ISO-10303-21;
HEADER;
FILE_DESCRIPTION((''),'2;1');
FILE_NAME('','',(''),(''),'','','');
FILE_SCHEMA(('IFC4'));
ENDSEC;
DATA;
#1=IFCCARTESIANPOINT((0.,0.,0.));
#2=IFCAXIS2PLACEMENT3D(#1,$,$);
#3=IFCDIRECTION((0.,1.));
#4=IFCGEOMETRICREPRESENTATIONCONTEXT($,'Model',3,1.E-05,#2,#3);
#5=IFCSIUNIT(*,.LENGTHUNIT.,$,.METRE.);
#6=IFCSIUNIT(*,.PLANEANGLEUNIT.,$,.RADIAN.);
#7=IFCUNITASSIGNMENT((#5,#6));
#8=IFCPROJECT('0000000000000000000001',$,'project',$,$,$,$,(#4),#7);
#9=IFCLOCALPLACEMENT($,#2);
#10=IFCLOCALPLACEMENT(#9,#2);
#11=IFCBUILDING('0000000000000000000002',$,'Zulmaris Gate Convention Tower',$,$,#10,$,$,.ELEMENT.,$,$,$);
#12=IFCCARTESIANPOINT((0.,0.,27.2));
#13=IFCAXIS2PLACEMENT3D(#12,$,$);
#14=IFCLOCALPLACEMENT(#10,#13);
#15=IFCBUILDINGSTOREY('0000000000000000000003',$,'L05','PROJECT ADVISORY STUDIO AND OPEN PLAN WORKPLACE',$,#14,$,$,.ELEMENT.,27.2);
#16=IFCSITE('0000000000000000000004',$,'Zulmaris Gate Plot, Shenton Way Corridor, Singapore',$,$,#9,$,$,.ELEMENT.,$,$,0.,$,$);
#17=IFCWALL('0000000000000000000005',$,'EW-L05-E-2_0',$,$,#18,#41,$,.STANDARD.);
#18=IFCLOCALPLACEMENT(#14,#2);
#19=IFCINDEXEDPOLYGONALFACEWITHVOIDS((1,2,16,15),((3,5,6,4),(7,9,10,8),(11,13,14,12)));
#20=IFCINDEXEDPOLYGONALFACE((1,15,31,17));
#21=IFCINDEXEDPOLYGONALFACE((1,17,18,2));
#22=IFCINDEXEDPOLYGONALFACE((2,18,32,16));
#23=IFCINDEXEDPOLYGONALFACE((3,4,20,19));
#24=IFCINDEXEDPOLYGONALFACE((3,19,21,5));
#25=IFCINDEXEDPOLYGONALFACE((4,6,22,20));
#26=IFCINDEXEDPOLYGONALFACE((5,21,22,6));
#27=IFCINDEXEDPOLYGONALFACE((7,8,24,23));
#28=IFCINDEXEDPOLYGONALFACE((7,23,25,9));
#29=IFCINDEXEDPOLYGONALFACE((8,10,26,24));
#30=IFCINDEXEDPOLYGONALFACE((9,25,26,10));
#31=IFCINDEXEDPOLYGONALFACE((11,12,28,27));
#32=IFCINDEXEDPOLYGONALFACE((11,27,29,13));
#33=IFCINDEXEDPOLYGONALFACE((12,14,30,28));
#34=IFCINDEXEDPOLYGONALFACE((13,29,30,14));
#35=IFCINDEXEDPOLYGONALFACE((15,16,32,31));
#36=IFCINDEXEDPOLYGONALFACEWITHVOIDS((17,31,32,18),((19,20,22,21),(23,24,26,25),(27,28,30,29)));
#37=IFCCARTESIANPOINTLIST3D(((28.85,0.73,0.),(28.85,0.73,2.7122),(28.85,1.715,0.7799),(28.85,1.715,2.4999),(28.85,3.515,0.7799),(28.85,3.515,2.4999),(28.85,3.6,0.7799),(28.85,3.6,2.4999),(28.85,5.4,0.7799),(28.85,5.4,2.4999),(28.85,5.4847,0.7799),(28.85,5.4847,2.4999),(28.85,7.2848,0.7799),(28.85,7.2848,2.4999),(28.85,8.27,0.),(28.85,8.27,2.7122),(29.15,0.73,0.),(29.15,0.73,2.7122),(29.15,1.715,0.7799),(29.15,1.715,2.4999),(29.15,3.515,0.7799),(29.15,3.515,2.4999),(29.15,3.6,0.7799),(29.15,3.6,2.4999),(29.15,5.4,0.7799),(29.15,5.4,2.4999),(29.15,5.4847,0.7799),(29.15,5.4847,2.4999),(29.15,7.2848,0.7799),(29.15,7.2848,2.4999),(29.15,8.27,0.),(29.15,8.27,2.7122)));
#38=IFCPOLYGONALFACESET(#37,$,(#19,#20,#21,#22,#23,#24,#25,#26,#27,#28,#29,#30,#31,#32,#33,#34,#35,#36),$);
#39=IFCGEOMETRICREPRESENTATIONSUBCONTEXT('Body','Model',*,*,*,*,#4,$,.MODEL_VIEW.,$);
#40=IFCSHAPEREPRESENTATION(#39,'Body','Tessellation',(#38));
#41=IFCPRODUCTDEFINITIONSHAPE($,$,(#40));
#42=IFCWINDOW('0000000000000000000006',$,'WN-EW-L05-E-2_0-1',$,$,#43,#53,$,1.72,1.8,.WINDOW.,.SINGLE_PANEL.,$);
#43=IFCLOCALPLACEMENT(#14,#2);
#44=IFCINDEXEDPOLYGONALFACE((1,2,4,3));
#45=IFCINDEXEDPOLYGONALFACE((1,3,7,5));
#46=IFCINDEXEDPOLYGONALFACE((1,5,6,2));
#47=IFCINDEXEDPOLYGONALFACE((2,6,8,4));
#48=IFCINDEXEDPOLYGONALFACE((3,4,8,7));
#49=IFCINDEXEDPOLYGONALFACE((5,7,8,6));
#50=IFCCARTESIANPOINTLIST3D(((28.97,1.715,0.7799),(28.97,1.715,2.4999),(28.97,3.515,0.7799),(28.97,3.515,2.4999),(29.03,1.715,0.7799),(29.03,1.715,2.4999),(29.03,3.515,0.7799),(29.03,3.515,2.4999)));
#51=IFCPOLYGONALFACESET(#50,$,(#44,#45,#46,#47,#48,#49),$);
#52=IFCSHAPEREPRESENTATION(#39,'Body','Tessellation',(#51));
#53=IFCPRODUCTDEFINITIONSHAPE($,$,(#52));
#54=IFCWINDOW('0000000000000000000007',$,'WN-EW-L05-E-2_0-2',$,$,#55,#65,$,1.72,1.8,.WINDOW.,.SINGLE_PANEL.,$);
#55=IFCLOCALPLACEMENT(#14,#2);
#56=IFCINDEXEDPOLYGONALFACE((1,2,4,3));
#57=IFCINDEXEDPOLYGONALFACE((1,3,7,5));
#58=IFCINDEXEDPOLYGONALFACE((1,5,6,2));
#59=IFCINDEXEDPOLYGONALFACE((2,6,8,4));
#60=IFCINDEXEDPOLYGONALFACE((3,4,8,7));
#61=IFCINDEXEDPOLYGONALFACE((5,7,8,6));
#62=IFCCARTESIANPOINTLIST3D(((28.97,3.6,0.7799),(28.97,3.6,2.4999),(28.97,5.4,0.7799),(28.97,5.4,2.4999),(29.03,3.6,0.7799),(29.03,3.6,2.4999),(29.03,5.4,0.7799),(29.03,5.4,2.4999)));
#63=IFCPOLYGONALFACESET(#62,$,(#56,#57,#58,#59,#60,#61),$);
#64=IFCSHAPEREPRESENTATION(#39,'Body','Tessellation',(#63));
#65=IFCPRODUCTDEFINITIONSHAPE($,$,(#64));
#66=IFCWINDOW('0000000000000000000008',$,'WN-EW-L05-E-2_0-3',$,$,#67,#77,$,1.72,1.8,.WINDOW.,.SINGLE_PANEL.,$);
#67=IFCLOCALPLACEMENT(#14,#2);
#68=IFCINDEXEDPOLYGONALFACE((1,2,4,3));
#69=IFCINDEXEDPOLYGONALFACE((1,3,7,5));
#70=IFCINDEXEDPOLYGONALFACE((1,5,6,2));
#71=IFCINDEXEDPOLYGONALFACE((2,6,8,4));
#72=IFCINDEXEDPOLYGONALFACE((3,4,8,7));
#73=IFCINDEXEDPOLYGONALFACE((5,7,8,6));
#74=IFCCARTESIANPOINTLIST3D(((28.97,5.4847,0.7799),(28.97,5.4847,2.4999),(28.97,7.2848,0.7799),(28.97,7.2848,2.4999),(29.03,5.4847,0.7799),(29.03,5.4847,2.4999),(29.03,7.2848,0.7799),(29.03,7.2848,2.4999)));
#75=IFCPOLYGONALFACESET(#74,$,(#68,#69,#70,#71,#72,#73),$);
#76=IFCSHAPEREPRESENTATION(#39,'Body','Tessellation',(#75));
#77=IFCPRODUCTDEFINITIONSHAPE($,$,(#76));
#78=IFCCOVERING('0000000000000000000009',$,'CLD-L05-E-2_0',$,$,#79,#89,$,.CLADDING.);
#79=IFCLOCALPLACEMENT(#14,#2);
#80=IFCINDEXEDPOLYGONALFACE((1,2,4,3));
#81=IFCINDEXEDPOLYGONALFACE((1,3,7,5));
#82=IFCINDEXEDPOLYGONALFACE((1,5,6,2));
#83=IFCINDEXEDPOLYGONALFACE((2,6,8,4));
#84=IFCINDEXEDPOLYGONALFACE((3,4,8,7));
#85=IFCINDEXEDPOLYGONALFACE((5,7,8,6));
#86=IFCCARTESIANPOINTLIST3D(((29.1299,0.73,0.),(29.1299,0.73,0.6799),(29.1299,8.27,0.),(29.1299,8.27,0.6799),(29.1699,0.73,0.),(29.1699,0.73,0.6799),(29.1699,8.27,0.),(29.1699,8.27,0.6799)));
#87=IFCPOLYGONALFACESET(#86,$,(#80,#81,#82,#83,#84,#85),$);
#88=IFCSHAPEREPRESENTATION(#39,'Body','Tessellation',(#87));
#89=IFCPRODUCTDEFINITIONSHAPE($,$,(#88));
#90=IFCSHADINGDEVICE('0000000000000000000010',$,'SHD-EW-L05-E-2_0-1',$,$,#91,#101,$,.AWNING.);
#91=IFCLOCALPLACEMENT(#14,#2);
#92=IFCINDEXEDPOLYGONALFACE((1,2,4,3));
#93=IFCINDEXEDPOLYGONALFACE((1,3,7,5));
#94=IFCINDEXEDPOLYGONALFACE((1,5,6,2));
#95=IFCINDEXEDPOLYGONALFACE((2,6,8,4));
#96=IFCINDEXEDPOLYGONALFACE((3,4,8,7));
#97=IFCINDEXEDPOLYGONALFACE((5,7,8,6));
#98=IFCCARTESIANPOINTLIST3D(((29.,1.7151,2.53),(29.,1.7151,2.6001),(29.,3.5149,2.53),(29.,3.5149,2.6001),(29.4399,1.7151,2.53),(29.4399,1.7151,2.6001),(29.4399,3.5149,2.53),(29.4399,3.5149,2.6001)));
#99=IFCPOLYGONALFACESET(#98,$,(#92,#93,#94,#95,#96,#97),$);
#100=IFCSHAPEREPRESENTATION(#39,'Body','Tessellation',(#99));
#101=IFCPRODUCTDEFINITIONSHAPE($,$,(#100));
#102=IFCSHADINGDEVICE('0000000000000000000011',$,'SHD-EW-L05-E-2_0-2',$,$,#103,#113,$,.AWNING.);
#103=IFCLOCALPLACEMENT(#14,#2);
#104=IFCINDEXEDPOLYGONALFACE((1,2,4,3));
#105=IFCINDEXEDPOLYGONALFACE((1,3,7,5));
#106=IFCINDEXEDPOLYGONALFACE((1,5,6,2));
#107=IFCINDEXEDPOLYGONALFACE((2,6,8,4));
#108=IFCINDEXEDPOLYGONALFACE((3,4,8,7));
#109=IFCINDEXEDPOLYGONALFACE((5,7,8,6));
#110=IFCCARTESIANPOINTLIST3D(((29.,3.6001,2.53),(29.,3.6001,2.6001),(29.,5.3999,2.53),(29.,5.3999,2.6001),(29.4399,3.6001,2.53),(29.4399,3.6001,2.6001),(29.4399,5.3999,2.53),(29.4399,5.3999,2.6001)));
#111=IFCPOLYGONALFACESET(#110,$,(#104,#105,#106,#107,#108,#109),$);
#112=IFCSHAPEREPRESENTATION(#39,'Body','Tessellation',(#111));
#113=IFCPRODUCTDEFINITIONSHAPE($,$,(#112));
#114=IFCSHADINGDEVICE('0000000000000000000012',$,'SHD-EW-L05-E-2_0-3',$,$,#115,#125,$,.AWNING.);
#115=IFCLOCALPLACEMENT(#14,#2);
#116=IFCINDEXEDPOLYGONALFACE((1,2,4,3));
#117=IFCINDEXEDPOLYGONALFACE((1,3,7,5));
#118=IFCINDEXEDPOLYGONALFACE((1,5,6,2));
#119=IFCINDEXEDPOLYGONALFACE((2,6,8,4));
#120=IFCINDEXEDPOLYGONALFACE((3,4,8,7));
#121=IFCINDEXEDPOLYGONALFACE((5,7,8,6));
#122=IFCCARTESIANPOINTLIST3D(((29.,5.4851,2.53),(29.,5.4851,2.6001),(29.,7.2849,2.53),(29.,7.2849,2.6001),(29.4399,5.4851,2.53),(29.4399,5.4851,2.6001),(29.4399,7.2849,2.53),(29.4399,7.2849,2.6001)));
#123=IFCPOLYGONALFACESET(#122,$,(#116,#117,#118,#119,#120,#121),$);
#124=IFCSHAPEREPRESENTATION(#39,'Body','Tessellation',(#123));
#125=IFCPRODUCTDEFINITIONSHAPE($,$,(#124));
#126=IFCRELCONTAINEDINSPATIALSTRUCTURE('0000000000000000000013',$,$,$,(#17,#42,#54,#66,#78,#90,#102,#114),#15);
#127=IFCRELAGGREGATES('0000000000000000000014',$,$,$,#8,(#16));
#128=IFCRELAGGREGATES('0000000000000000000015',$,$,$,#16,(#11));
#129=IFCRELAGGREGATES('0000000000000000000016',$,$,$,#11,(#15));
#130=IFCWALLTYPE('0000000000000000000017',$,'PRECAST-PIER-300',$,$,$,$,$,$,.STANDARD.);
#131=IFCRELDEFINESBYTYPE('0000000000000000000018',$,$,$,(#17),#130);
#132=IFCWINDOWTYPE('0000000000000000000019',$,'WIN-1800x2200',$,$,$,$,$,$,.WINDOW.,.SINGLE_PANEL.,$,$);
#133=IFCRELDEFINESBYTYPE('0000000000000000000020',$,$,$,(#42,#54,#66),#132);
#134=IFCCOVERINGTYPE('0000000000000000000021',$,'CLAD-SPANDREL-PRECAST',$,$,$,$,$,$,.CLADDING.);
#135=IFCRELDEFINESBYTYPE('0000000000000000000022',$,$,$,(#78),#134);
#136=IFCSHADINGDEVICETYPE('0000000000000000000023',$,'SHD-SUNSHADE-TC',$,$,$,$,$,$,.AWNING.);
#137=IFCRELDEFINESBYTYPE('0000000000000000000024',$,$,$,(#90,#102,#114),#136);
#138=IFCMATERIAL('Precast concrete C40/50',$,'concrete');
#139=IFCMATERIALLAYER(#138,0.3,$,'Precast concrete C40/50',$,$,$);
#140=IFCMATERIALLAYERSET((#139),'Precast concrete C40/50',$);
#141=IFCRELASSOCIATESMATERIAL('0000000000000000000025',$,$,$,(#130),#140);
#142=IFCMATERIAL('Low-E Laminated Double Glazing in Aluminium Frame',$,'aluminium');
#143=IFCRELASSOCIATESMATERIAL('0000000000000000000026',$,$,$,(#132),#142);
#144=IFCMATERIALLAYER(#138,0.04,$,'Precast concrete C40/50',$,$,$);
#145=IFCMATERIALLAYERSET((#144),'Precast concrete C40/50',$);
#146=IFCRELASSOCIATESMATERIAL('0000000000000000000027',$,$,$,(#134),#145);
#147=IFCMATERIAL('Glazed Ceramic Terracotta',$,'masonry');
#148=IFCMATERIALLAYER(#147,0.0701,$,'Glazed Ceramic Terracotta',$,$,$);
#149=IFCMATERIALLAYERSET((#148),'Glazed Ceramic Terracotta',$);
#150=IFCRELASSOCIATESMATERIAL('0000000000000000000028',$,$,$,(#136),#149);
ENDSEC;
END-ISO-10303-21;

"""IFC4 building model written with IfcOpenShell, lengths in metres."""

from ifc_helpers import new_model, si_unit, direction, frame, frame_2d, origin, place, context, subcontext, project, spatial, rectangle, extrude, material, layer, layer_set, type_object, element, fill, save


model = new_model("IFC4")

# Units and contexts
model_context = context("Model", 3, precision=1e-05, world=origin(), true_north=direction((0.0, 1.0)))
body_context = subcontext(model_context, "Body", "Model", "MODEL_VIEW")
ifc_project = project(units=[si_unit("LENGTHUNIT", "METRE"), si_unit("PLANEANGLEUNIT", "RADIAN")], contexts=[model_context])

# Site, building, storey
site_placement = place(None, origin())
site = spatial("IfcSite", under=ifc_project, at=site_placement, Name="Zulmaris Gate Plot, Shenton Way Corridor, Singapore", CompositionType="ELEMENT", RefElevation=0.0)
building_placement = place(site_placement, origin())
building = spatial("IfcBuilding", under=site, at=building_placement, Name="Zulmaris Gate Convention Tower", CompositionType="ELEMENT")
storey_placement = place(building_placement, frame((0.0, 0.0, 27.2)))
storey = spatial("IfcBuildingStorey", under=building, at=storey_placement, Name="L05", Description="PROJECT ADVISORY STUDIO AND OPEN PLAN WORKPLACE", CompositionType="ELEMENT", Elevation=27.2)

# Wall, openings, windows
ifc_material_1 = material(Name="Precast concrete C40/50", Category="concrete")
ifc_layer_1 = layer(ifc_material_1, 0.3, Name="Precast concrete C40/50")
ifc_layer_set_1 = layer_set([ifc_layer_1], Name="Precast concrete C40/50")
wall_type_1 = type_object("IfcWallType", Name="PRECAST-PIER-300", PredefinedType="STANDARD", material=ifc_layer_set_1)
wall_1_placement = place(storey_placement, frame((29.0, 0.73, 0.0), z_axis=(0.0, 0.0, 1.0), x_axis=(0.0, 1.0, 0.0)))
wall_1 = element("IfcWall", 1, at=wall_1_placement, inside=storey, type_object=wall_type_1, Name="EW-L05-E-2_0", PredefinedType="STANDARD", context=body_context, shape_type="SweptSolid", body=[
    extrude(rectangle(XDim=7.54, YDim=0.3, at=frame_2d((3.77, 0.0))), origin(), (0.0, 0.0, 1.0), 2.7122),
])
opening_1_placement = place(wall_1_placement, frame((0.9851, 0.0, 0.78)))
opening_1 = element("IfcOpeningElement", 2, at=opening_1_placement, cuts=wall_1, PredefinedType="OPENING", context=body_context, shape_type="SweptSolid", body=[
    extrude(rectangle(XDim=1.8, YDim=1.72, at=frame_2d((0.8999, 0.8599))), frame((0.0, 0.1602, 0.0), z_axis=(0.0, -1.0, 0.0), x_axis=(1.0, 0.0, 0.0)), (0.0, 0.0, 1.0), 0.3201),
])
opening_2_placement = place(wall_1_placement, frame((2.8701, 0.0, 0.78)))
opening_2 = element("IfcOpeningElement", 3, at=opening_2_placement, cuts=wall_1, PredefinedType="OPENING", context=body_context, shape_type="SweptSolid", body=[
    extrude(rectangle(XDim=1.8, YDim=1.72, at=frame_2d((0.8999, 0.8599))), frame((0.0, 0.1602, 0.0), z_axis=(0.0, -1.0, 0.0), x_axis=(1.0, 0.0, 0.0)), (0.0, 0.0, 1.0), 0.3201),
])
opening_3_placement = place(wall_1_placement, frame((4.7549, 0.0, 0.78)))
opening_3 = element("IfcOpeningElement", 4, at=opening_3_placement, cuts=wall_1, PredefinedType="OPENING", context=body_context, shape_type="SweptSolid", body=[
    extrude(rectangle(XDim=1.8, YDim=1.72, at=frame_2d((0.8999, 0.8599))), frame((0.0, 0.1602, 0.0), z_axis=(0.0, -1.0, 0.0), x_axis=(1.0, 0.0, 0.0)), (0.0, 0.0, 1.0), 0.3201),
])
ifc_material_2 = material(Name="Low-E Laminated Double Glazing in Aluminium Frame", Category="aluminium")
window_type = type_object("IfcWindowType", Name="WIN-1800x2200", PartitioningType="SINGLE_PANEL", PredefinedType="WINDOW", material=ifc_material_2)
window_1_placement = place(opening_1_placement, origin())
window_1 = element("IfcWindow", 5, at=window_1_placement, inside=storey, type_object=window_type, Name="WN-EW-L05-E-2_0-1", OverallHeight=1.72, OverallWidth=1.8, PartitioningType="SINGLE_PANEL", PredefinedType="WINDOW", context=body_context, shape_type="SweptSolid", body=[
    extrude(rectangle(XDim=1.8, YDim=1.72, at=frame_2d((0.8999, 0.8599))), frame((0.0, 0.03, 0.0), z_axis=(0.0, -1.0, 0.0), x_axis=(1.0, 0.0, 0.0)), (0.0, 0.0, 1.0), 0.0601),
])
fill(opening_1, window_1)
window_2_placement = place(opening_2_placement, origin())
window_2 = element("IfcWindow", 6, at=window_2_placement, inside=storey, type_object=window_type, Name="WN-EW-L05-E-2_0-2", OverallHeight=1.72, OverallWidth=1.8, PartitioningType="SINGLE_PANEL", PredefinedType="WINDOW", context=body_context, shape_type="SweptSolid", body=[
    extrude(rectangle(XDim=1.8, YDim=1.72, at=frame_2d((0.8999, 0.8599))), frame((0.0, 0.03, 0.0), z_axis=(0.0, -1.0, 0.0), x_axis=(1.0, 0.0, 0.0)), (0.0, 0.0, 1.0), 0.0601),
])
fill(opening_2, window_2)
window_3_placement = place(opening_3_placement, origin())
window_3 = element("IfcWindow", 7, at=window_3_placement, inside=storey, type_object=window_type, Name="WN-EW-L05-E-2_0-3", OverallHeight=1.72, OverallWidth=1.8, PartitioningType="SINGLE_PANEL", PredefinedType="WINDOW", context=body_context, shape_type="SweptSolid", body=[
    extrude(rectangle(XDim=1.8, YDim=1.72, at=frame_2d((0.8999, 0.8599))), frame((0.0, 0.03, 0.0), z_axis=(0.0, -1.0, 0.0), x_axis=(1.0, 0.0, 0.0)), (0.0, 0.0, 1.0), 0.0601),
])
fill(opening_3, window_3)

# Covering
ifc_layer_2 = layer(ifc_material_1, 0.04, Name="Precast concrete C40/50")
ifc_layer_set_2 = layer_set([ifc_layer_2], Name="Precast concrete C40/50")
covering_type = type_object("IfcCoveringType", Name="CLAD-SPANDREL-PRECAST", PredefinedType="CLADDING", material=ifc_layer_set_2)
covering_placement = place(storey_placement, frame((29.1499, 0.73, 0.0), z_axis=(0.0, 0.0, 1.0), x_axis=(0.0, 1.0, 0.0)))
element("IfcCovering", 8, at=covering_placement, inside=storey, type_object=covering_type, Name="CLD-L05-E-2_0", PredefinedType="CLADDING", context=body_context, shape_type="SweptSolid", body=[
    extrude(rectangle(XDim=7.54, YDim=0.04, at=frame_2d((3.77, 0.0))), origin(), (0.0, 0.0, 1.0), 0.6799),
])

# Shading devices
ifc_material_3 = material(Name="Glazed Ceramic Terracotta", Category="masonry")
ifc_layer_3 = layer(ifc_material_3, 0.0701, Name="Glazed Ceramic Terracotta")
ifc_layer_set_3 = layer_set([ifc_layer_3], Name="Glazed Ceramic Terracotta")
shading_device_type = type_object("IfcShadingDeviceType", Name="SHD-SUNSHADE-TC", PredefinedType="AWNING", material=ifc_layer_set_3)
for number, where, z_axis, x_axis, name in (
    (9, (29.22, 1.7151, 2.53), (0.0, 0.0, 1.0), (0.0, 1.0, 0.0), "SHD-EW-L05-E-2_0-1"),
    (10, (29.22, 3.6001, 2.53), (0.0, 0.0, 1.0), (0.0, 1.0, 0.0), "SHD-EW-L05-E-2_0-2"),
    (11, (29.22, 5.4851, 2.53), (0.0, 0.0, 1.0), (0.0, 1.0, 0.0), "SHD-EW-L05-E-2_0-3"),
):
    element("IfcShadingDevice", number, at=place(storey_placement, frame(where, z_axis=z_axis, x_axis=x_axis)), inside=storey, type_object=shading_device_type, Name=name, PredefinedType="AWNING", context=body_context, shape_type="SweptSolid", body=[
        extrude(rectangle(XDim=1.7998, YDim=0.4399, at=frame_2d((0.8999, 0.0))), origin(), (0.0, 0.0, 1.0), 0.0701),
    ])

save(model, "model.ifc")
